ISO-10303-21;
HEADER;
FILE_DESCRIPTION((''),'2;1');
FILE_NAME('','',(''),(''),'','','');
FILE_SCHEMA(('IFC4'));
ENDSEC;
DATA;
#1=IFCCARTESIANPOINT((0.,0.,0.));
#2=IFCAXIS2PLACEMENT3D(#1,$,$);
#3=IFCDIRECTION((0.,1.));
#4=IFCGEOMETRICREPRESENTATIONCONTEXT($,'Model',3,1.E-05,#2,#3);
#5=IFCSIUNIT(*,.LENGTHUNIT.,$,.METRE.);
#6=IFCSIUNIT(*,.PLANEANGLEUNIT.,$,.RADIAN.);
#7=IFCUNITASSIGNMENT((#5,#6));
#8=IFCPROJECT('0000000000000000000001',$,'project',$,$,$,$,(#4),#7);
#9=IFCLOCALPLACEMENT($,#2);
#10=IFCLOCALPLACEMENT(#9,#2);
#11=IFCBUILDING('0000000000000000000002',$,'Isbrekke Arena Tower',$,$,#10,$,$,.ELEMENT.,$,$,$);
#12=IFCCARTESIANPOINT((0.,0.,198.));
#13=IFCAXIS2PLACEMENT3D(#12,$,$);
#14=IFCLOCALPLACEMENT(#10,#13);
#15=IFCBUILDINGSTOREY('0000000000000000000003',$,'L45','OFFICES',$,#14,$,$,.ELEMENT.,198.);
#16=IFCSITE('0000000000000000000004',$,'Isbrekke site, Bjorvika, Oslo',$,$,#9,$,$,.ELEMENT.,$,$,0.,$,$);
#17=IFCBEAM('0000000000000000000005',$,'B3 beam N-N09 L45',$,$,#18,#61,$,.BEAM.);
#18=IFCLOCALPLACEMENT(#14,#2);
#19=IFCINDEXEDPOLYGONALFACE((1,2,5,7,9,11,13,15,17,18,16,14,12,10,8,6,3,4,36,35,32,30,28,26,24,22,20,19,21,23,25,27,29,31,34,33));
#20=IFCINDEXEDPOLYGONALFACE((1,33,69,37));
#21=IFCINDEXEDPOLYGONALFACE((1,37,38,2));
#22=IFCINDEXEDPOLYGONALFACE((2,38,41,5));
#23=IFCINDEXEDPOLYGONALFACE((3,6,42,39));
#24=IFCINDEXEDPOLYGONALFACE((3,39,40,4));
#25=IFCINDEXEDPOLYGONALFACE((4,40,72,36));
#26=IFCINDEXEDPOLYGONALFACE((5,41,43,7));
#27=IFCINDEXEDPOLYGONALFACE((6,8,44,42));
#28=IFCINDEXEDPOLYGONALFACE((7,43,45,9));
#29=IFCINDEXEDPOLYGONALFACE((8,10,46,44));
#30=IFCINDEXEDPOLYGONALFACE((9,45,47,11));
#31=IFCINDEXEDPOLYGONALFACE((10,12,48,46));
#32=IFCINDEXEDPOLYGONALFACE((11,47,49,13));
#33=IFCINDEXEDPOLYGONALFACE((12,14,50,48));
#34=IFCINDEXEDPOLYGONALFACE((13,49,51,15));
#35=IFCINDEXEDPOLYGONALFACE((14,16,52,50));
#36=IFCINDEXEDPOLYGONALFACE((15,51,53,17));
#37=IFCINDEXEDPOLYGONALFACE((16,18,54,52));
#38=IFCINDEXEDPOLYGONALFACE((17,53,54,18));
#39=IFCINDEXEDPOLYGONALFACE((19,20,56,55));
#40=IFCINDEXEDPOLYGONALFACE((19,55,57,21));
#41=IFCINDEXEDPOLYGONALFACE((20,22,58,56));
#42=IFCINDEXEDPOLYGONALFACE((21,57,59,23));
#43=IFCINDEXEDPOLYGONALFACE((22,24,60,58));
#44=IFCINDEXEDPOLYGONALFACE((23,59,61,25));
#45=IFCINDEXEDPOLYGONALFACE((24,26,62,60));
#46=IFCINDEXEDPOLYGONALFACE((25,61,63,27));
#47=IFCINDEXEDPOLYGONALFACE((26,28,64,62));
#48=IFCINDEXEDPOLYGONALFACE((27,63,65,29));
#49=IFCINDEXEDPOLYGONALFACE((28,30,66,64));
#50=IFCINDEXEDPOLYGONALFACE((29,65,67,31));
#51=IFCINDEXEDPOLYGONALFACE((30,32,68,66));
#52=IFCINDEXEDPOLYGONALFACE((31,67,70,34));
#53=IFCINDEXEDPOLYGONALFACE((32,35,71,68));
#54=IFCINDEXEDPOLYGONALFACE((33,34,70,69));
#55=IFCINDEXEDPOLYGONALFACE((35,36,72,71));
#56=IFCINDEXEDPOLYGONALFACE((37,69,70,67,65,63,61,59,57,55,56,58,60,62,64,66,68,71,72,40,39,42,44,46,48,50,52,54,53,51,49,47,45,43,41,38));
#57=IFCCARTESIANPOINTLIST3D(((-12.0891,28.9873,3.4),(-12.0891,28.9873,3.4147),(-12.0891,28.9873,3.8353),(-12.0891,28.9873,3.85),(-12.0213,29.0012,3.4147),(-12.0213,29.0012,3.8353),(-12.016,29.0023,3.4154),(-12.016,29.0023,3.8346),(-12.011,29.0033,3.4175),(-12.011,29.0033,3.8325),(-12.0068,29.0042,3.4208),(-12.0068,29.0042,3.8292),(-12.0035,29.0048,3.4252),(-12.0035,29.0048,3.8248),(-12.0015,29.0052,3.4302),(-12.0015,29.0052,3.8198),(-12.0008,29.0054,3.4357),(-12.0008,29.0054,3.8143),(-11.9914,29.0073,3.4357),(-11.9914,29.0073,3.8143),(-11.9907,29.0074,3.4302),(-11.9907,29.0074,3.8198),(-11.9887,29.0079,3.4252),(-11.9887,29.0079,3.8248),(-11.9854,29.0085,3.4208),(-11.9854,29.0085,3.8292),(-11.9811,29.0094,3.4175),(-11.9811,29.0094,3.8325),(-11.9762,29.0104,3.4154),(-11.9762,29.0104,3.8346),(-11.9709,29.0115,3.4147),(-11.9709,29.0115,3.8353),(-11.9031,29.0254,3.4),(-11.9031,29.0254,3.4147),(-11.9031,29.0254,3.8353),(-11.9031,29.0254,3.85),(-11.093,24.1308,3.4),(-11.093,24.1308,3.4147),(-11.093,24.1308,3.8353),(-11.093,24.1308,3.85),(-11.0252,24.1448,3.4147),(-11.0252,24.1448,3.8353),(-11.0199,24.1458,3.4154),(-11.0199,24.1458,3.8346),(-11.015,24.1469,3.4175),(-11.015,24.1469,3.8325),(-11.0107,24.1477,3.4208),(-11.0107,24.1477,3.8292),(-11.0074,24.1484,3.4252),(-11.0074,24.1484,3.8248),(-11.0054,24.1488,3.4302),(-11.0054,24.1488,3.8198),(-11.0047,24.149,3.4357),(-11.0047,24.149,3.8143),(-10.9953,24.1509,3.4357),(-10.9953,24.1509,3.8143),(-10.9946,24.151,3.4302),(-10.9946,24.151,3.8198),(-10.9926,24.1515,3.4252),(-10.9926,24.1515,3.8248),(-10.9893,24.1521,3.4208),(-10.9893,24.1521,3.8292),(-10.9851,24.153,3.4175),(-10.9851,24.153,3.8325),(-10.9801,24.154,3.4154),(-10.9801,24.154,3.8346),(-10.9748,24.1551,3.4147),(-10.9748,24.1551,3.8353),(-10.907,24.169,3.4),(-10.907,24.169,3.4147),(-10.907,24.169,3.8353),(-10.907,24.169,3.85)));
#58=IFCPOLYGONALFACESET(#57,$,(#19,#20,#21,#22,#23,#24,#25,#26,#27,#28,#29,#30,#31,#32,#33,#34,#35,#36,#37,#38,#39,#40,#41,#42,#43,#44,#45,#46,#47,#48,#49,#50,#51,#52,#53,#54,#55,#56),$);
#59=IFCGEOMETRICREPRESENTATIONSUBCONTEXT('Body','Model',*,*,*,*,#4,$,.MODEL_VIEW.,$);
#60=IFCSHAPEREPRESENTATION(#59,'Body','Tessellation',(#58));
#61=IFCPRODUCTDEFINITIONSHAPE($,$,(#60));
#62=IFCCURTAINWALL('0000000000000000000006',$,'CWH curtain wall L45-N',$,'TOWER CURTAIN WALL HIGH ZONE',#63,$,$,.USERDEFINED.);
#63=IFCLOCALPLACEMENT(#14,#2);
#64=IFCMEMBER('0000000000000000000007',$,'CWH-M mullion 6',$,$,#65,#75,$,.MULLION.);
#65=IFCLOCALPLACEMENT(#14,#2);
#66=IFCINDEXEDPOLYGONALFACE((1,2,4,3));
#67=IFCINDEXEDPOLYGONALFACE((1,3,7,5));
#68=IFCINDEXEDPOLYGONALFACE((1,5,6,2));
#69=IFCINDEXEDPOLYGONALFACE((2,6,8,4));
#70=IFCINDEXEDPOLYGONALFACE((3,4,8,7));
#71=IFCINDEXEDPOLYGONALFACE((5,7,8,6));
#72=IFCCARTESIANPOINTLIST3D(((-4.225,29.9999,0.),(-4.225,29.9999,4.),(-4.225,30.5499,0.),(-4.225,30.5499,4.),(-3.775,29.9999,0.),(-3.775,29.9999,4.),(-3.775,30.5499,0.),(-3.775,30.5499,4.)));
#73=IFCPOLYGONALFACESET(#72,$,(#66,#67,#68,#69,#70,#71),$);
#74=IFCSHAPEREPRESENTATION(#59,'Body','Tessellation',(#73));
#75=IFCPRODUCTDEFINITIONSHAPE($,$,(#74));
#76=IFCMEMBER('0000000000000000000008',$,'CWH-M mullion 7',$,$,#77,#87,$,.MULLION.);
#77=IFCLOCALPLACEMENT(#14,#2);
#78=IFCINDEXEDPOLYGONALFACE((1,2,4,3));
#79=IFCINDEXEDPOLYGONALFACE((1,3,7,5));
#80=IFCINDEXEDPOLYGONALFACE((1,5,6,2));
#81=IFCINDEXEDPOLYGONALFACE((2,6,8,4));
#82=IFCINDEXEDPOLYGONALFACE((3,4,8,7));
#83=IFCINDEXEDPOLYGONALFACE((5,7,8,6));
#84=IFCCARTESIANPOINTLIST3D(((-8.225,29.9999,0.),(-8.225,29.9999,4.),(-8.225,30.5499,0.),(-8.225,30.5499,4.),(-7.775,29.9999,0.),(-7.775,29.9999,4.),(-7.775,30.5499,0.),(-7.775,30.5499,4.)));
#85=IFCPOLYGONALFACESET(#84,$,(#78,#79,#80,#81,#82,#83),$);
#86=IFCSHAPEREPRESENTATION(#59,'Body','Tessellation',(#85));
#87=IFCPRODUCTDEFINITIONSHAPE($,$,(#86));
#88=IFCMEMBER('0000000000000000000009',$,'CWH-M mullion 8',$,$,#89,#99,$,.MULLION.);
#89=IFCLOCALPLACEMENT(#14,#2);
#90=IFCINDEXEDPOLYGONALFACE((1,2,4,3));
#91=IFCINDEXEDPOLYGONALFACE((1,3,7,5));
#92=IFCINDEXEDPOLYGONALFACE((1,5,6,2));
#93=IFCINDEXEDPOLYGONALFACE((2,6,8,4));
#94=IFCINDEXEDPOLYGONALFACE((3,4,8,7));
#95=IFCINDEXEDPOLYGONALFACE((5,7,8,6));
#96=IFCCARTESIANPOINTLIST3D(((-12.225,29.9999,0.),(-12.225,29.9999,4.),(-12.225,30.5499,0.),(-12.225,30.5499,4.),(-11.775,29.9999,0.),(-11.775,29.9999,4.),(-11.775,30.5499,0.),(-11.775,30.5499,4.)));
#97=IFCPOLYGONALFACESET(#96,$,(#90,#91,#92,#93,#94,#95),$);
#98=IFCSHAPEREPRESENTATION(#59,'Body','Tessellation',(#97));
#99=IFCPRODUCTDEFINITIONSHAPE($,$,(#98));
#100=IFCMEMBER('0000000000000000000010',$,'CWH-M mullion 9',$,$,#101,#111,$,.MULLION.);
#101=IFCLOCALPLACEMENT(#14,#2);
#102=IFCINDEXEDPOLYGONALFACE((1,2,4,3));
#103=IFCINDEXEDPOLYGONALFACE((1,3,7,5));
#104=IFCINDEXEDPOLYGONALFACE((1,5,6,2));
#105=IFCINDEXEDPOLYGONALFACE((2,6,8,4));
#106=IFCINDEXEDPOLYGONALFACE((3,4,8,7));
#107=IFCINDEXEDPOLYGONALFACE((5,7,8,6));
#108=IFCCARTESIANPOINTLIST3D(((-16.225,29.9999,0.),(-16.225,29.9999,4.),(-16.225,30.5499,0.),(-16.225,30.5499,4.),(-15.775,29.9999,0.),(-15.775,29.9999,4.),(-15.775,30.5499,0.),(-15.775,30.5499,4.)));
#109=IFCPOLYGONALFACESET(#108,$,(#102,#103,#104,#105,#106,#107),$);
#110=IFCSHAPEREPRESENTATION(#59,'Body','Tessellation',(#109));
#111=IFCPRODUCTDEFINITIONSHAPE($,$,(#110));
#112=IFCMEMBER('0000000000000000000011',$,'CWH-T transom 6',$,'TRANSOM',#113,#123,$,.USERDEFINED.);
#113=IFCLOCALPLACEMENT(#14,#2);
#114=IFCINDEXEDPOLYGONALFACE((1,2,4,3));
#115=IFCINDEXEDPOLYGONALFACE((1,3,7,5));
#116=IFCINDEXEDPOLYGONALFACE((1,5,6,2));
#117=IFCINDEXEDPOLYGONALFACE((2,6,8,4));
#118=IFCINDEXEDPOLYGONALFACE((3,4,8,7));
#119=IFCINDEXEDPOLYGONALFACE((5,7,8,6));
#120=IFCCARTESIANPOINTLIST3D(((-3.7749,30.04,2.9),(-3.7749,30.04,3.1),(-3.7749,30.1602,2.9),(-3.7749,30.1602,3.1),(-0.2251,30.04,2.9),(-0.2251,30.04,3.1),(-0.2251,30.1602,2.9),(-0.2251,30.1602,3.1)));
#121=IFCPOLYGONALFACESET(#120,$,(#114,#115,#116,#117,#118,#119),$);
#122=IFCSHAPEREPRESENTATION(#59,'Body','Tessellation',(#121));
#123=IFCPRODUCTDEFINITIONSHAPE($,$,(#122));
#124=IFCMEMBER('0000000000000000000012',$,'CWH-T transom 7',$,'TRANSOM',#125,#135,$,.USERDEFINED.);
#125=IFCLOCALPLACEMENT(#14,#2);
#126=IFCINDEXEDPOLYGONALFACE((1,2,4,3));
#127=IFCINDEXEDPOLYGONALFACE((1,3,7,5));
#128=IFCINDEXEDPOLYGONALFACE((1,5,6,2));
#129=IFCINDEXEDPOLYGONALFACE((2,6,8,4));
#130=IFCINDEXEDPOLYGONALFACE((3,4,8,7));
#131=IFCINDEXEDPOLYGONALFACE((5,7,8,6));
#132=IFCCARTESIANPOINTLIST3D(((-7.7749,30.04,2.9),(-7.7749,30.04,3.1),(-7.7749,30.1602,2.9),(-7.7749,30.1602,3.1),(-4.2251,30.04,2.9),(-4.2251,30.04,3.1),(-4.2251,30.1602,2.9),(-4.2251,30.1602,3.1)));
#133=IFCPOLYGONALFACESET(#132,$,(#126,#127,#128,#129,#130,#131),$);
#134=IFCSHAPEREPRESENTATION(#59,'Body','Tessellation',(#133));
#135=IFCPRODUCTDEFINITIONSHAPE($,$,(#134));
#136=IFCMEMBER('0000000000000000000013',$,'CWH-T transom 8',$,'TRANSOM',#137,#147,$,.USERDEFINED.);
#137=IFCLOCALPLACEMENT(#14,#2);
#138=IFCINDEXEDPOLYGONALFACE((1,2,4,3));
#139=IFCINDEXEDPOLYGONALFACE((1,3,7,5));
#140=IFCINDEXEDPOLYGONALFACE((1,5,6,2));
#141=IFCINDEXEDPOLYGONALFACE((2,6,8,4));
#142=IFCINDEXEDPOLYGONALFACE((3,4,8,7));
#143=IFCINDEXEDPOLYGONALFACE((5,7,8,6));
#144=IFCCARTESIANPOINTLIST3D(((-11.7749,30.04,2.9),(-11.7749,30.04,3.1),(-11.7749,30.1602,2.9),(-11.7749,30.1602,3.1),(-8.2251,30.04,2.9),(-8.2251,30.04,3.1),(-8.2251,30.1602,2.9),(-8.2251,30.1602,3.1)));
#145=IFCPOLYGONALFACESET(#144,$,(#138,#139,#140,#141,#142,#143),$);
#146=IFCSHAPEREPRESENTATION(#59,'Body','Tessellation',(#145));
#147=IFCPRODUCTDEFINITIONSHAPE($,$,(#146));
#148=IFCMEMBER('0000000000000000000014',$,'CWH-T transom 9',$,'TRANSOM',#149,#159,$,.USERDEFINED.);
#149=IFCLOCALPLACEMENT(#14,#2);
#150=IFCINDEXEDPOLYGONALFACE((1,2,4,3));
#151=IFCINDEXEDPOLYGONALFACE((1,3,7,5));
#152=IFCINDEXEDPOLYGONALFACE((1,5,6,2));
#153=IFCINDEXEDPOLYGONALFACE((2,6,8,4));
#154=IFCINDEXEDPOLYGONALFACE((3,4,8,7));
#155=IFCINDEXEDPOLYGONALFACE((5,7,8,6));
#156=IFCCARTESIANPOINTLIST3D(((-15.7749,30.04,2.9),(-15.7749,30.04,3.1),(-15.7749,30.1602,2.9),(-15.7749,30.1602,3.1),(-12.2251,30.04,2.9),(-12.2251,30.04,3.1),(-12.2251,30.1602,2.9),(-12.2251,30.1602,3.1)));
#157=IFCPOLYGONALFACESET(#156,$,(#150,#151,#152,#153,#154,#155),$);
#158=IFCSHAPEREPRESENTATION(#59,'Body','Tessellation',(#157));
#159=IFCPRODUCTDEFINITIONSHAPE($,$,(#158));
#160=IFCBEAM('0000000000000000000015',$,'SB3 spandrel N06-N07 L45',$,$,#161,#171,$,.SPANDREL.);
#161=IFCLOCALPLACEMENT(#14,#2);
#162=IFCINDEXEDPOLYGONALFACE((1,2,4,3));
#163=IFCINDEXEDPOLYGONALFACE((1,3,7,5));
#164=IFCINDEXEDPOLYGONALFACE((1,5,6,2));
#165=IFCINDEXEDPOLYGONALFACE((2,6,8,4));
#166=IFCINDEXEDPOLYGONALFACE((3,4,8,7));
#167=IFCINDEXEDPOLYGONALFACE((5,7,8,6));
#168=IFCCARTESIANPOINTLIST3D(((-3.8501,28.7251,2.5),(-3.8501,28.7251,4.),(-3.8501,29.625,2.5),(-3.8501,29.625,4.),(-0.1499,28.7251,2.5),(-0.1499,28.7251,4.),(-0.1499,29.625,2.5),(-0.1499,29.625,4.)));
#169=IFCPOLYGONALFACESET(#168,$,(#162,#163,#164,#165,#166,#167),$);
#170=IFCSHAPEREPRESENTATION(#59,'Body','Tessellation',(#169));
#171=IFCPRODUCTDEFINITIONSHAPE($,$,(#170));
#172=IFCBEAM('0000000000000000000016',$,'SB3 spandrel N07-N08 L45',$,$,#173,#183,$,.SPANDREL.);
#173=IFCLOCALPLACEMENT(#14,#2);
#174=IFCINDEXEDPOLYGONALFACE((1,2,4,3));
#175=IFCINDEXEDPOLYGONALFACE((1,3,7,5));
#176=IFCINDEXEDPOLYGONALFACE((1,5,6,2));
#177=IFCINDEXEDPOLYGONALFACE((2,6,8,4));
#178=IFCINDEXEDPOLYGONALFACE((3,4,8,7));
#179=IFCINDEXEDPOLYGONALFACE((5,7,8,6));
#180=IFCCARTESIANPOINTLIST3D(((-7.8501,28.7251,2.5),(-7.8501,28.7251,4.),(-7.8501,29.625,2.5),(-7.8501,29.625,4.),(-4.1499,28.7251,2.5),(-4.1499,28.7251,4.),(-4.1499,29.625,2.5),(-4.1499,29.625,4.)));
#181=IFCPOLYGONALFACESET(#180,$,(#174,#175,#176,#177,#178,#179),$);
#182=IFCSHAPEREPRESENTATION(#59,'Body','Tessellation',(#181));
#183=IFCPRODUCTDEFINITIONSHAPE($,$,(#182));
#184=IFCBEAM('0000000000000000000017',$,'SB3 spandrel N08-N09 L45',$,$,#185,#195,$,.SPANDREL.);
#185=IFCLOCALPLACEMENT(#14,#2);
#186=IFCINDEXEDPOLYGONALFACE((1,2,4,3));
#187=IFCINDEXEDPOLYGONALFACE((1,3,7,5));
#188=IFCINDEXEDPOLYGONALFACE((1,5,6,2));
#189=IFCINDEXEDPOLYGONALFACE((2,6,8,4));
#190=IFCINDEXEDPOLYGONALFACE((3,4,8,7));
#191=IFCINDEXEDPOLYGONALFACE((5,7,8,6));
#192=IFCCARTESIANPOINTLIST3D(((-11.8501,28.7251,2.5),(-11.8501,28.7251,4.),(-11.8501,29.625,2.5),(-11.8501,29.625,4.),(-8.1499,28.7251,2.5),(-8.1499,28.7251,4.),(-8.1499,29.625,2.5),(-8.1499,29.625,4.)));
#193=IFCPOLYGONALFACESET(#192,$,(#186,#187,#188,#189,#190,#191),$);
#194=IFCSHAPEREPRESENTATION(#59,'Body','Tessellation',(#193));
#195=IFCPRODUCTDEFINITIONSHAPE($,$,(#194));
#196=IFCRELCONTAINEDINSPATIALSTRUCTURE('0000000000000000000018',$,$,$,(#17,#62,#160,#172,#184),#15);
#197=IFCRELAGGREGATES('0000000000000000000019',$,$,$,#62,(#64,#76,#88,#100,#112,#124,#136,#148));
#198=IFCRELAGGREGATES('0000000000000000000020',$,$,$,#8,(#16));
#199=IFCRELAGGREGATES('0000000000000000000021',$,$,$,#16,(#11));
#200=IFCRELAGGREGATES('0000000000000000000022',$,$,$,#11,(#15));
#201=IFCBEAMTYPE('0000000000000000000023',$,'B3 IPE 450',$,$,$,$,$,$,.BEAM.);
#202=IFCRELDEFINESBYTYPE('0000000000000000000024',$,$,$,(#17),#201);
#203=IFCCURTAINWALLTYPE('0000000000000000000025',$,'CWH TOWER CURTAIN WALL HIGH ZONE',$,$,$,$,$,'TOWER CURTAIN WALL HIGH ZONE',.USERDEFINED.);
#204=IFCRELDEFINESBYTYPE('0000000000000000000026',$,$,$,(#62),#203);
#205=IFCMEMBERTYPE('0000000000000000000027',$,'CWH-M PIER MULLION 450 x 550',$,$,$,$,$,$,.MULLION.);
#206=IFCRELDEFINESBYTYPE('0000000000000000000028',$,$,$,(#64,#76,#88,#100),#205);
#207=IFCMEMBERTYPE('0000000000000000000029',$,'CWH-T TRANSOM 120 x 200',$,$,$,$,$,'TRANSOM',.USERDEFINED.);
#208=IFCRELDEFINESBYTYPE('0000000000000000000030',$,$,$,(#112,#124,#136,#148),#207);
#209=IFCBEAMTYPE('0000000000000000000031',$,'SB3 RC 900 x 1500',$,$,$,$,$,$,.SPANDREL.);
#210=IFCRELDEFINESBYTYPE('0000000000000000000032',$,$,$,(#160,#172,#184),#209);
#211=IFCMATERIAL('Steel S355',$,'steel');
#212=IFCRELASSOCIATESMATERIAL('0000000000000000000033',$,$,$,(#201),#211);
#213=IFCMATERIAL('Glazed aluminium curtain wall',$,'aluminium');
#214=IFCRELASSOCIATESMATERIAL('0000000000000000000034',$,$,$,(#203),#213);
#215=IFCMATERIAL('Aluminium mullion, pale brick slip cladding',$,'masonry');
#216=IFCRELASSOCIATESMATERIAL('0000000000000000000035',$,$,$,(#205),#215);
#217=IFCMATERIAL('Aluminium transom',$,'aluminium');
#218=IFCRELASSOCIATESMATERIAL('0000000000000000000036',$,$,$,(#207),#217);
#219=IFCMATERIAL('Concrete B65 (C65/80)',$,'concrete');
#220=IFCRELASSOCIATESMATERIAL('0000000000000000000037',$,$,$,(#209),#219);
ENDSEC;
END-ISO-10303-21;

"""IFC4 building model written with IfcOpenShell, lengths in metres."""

from ifc_helpers import new_model, si_unit, direction, frame, origin, origin_2d, place, context, subcontext, project, spatial, rectangle, i_section, extrude, material, material_profile, profile_set, type_object, element, aggregate, save


model = new_model("IFC4")

# Units and contexts
model_context = context("Model", 3, precision=1e-05, world=origin(), true_north=direction((0.0, 1.0)))
body_context = subcontext(model_context, "Body", "Model", "MODEL_VIEW")
ifc_project = project(units=[si_unit("LENGTHUNIT", "METRE"), si_unit("PLANEANGLEUNIT", "RADIAN")], contexts=[model_context])

# Site, building, storey
site_placement = place(None, origin())
site = spatial("IfcSite", under=ifc_project, at=site_placement, Name="Isbrekke site, Bjorvika, Oslo", CompositionType="ELEMENT", RefElevation=0.0)
building_placement = place(site_placement, origin())
building = spatial("IfcBuilding", under=site, at=building_placement, Name="Isbrekke Arena Tower", CompositionType="ELEMENT")
storey_placement = place(building_placement, frame((0.0, 0.0, 198.0)))
storey = spatial("IfcBuildingStorey", under=building, at=storey_placement, Name="L45", Description="OFFICES", CompositionType="ELEMENT", Elevation=198.0)

# Beam
ifc_material_1 = material(Name="Steel S355", Category="steel")
ifc_material_profile_1 = material_profile(ifc_material_1, i_section(OverallWidth=0.1899, OverallDepth=0.45, WebThickness=0.0095, FlangeThickness=0.0146, FilletRadius=0.021, at=origin_2d()), Name="IPE 450")
ifc_profile_set_1 = profile_set([ifc_material_profile_1], Name="Steel S355")
beam_type_1 = type_object("IfcBeamType", Name="B3 IPE 450", PredefinedType="BEAM", material=ifc_profile_set_1)
beam_1_placement = place(storey_placement, frame((-11.9961, 29.0063, 3.625), z_axis=(0.200925, -0.979607, 0.0), x_axis=(0.979607, 0.200925, 0.0)))
element("IfcBeam", 1, at=beam_1_placement, inside=storey, type_object=beam_type_1, Name="B3 beam N-N09 L45", PredefinedType="BEAM", context=body_context, shape_type="SweptSolid", body=[
    extrude(i_section(OverallWidth=0.1899, OverallDepth=0.45, WebThickness=0.0095, FlangeThickness=0.0146, FilletRadius=0.021, at=origin_2d()), origin(), (0.0, 0.0, 1.0), 4.9575),
])

# Curtain wall, members
ifc_material_2 = material(Name="Glazed aluminium curtain wall", Category="aluminium")
curtain_wall_type = type_object("IfcCurtainWallType", Name="CWH TOWER CURTAIN WALL HIGH ZONE", ElementType="TOWER CURTAIN WALL HIGH ZONE", PredefinedType="USERDEFINED", material=ifc_material_2)
curtain_wall_placement = place(storey_placement, origin())
curtain_wall = element("IfcCurtainWall", 2, at=curtain_wall_placement, inside=storey, type_object=curtain_wall_type, Name="CWH curtain wall L45-N", ObjectType="TOWER CURTAIN WALL HIGH ZONE", PredefinedType="USERDEFINED")
ifc_material_3 = material(Name="Aluminium mullion, pale brick slip cladding", Category="masonry")
ifc_material_profile_2 = material_profile(ifc_material_3, rectangle(XDim=0.45, YDim=0.55, at=origin_2d()), Name="PIER 450X550")
ifc_profile_set_2 = profile_set([ifc_material_profile_2], Name="Aluminium mullion, pale brick slip cladding")
member_type_1 = type_object("IfcMemberType", Name="CWH-M PIER MULLION 450 x 550", PredefinedType="MULLION", material=ifc_profile_set_2)
member_1_placement = place(storey_placement, frame((-4.0, 30.2749, 0.0), z_axis=(0.0, 0.0, 1.0), x_axis=(-1.0, 0.0, 0.0)))
member_1 = element("IfcMember", 3, at=member_1_placement, type_object=member_type_1, Name="CWH-M mullion 6", PredefinedType="MULLION", context=body_context, shape_type="SweptSolid", body=[
    extrude(rectangle(XDim=0.45, YDim=0.55, at=origin_2d()), origin(), (0.0, 0.0, 1.0), 4.0),
])
member_2_placement = place(storey_placement, frame((-8.0, 30.2749, 0.0), z_axis=(0.0, 0.0, 1.0), x_axis=(-1.0, 0.0, 0.0)))
member_2 = element("IfcMember", 4, at=member_2_placement, type_object=member_type_1, Name="CWH-M mullion 7", PredefinedType="MULLION", context=body_context, shape_type="SweptSolid", body=[
    extrude(rectangle(XDim=0.45, YDim=0.55, at=origin_2d()), origin(), (0.0, 0.0, 1.0), 4.0),
])
member_3_placement = place(storey_placement, frame((-12.0, 30.2749, 0.0), z_axis=(0.0, 0.0, 1.0), x_axis=(-1.0, 0.0, 0.0)))
member_3 = element("IfcMember", 5, at=member_3_placement, type_object=member_type_1, Name="CWH-M mullion 8", PredefinedType="MULLION", context=body_context, shape_type="SweptSolid", body=[
    extrude(rectangle(XDim=0.45, YDim=0.55, at=origin_2d()), origin(), (0.0, 0.0, 1.0), 4.0),
])
member_4_placement = place(storey_placement, frame((-16.0, 30.2749, 0.0), z_axis=(0.0, 0.0, 1.0), x_axis=(-1.0, 0.0, 0.0)))
member_4 = element("IfcMember", 6, at=member_4_placement, type_object=member_type_1, Name="CWH-M mullion 9", PredefinedType="MULLION", context=body_context, shape_type="SweptSolid", body=[
    extrude(rectangle(XDim=0.45, YDim=0.55, at=origin_2d()), origin(), (0.0, 0.0, 1.0), 4.0),
])
ifc_material_4 = material(Name="Aluminium transom", Category="aluminium")
ifc_material_profile_3 = material_profile(ifc_material_4, rectangle(XDim=0.1201, YDim=0.2, at=origin_2d()), Name="TRANSOM 120X200")
ifc_profile_set_3 = profile_set([ifc_material_profile_3], Name="Aluminium transom")
member_type_2 = type_object("IfcMemberType", Name="CWH-T TRANSOM 120 x 200", ElementType="TRANSOM", PredefinedType="USERDEFINED", material=ifc_profile_set_3)
member_5_placement = place(storey_placement, frame((-0.2251, 30.1001, 3.0), z_axis=(-1.0, 0.0, 0.0), x_axis=(0.0, -1.0, 0.0)))
member_5 = element("IfcMember", 7, at=member_5_placement, type_object=member_type_2, Name="CWH-T transom 6", ObjectType="TRANSOM", PredefinedType="USERDEFINED", context=body_context, shape_type="SweptSolid", body=[
    extrude(rectangle(XDim=0.1201, YDim=0.2, at=origin_2d()), origin(), (0.0, 0.0, 1.0), 3.5498),
])
member_6_placement = place(storey_placement, frame((-4.2251, 30.1001, 3.0), z_axis=(-1.0, 0.0, 0.0), x_axis=(0.0, -1.0, 0.0)))
member_6 = element("IfcMember", 8, at=member_6_placement, type_object=member_type_2, Name="CWH-T transom 7", ObjectType="TRANSOM", PredefinedType="USERDEFINED", context=body_context, shape_type="SweptSolid", body=[
    extrude(rectangle(XDim=0.1201, YDim=0.2, at=origin_2d()), origin(), (0.0, 0.0, 1.0), 3.5498),
])
member_7_placement = place(storey_placement, frame((-8.2251, 30.1001, 3.0), z_axis=(-1.0, 0.0, 0.0), x_axis=(0.0, -1.0, 0.0)))
member_7 = element("IfcMember", 9, at=member_7_placement, type_object=member_type_2, Name="CWH-T transom 8", ObjectType="TRANSOM", PredefinedType="USERDEFINED", context=body_context, shape_type="SweptSolid", body=[
    extrude(rectangle(XDim=0.1201, YDim=0.2, at=origin_2d()), origin(), (0.0, 0.0, 1.0), 3.5498),
])
member_8_placement = place(storey_placement, frame((-12.2251, 30.1001, 3.0), z_axis=(-1.0, 0.0, 0.0), x_axis=(0.0, -1.0, 0.0)))
member_8 = element("IfcMember", 10, at=member_8_placement, type_object=member_type_2, Name="CWH-T transom 9", ObjectType="TRANSOM", PredefinedType="USERDEFINED", context=body_context, shape_type="SweptSolid", body=[
    extrude(rectangle(XDim=0.1201, YDim=0.2, at=origin_2d()), origin(), (0.0, 0.0, 1.0), 3.5498),
])

# Beams
ifc_material_5 = material(Name="Concrete B65 (C65/80)", Category="concrete")
ifc_material_profile_4 = material_profile(ifc_material_5, rectangle(XDim=0.8999, YDim=1.5, at=origin_2d()), Name="RC 900x1500")
ifc_profile_set_4 = profile_set([ifc_material_profile_4], Name="Concrete B65 (C65/80)")
beam_type_2 = type_object("IfcBeamType", Name="SB3 RC 900 x 1500", PredefinedType="SPANDREL", material=ifc_profile_set_4)
for number, where, z_axis, x_axis, name in (
    (11, (-0.1499, 29.175, 3.25), (-1.0, 0.0, 0.0), (0.0, -1.0, 0.0), "SB3 spandrel N06-N07 L45"),
    (12, (-4.1499, 29.175, 3.25), (-1.0, 0.0, 0.0), (0.0, -1.0, 0.0), "SB3 spandrel N07-N08 L45"),
    (13, (-8.1499, 29.175, 3.25), (-1.0, 0.0, 0.0), (0.0, -1.0, 0.0), "SB3 spandrel N08-N09 L45"),
):
    element("IfcBeam", number, at=place(storey_placement, frame(where, z_axis=z_axis, x_axis=x_axis)), inside=storey, type_object=beam_type_2, Name=name, PredefinedType="SPANDREL", context=body_context, shape_type="SweptSolid", body=[
        extrude(rectangle(XDim=0.8999, YDim=1.5, at=origin_2d()), origin(), (0.0, 0.0, 1.0), 3.7002),
    ])

aggregate(curtain_wall, [member_1, member_2, member_3, member_4, member_5, member_6, member_7, member_8])

save(model, "model.ifc")
